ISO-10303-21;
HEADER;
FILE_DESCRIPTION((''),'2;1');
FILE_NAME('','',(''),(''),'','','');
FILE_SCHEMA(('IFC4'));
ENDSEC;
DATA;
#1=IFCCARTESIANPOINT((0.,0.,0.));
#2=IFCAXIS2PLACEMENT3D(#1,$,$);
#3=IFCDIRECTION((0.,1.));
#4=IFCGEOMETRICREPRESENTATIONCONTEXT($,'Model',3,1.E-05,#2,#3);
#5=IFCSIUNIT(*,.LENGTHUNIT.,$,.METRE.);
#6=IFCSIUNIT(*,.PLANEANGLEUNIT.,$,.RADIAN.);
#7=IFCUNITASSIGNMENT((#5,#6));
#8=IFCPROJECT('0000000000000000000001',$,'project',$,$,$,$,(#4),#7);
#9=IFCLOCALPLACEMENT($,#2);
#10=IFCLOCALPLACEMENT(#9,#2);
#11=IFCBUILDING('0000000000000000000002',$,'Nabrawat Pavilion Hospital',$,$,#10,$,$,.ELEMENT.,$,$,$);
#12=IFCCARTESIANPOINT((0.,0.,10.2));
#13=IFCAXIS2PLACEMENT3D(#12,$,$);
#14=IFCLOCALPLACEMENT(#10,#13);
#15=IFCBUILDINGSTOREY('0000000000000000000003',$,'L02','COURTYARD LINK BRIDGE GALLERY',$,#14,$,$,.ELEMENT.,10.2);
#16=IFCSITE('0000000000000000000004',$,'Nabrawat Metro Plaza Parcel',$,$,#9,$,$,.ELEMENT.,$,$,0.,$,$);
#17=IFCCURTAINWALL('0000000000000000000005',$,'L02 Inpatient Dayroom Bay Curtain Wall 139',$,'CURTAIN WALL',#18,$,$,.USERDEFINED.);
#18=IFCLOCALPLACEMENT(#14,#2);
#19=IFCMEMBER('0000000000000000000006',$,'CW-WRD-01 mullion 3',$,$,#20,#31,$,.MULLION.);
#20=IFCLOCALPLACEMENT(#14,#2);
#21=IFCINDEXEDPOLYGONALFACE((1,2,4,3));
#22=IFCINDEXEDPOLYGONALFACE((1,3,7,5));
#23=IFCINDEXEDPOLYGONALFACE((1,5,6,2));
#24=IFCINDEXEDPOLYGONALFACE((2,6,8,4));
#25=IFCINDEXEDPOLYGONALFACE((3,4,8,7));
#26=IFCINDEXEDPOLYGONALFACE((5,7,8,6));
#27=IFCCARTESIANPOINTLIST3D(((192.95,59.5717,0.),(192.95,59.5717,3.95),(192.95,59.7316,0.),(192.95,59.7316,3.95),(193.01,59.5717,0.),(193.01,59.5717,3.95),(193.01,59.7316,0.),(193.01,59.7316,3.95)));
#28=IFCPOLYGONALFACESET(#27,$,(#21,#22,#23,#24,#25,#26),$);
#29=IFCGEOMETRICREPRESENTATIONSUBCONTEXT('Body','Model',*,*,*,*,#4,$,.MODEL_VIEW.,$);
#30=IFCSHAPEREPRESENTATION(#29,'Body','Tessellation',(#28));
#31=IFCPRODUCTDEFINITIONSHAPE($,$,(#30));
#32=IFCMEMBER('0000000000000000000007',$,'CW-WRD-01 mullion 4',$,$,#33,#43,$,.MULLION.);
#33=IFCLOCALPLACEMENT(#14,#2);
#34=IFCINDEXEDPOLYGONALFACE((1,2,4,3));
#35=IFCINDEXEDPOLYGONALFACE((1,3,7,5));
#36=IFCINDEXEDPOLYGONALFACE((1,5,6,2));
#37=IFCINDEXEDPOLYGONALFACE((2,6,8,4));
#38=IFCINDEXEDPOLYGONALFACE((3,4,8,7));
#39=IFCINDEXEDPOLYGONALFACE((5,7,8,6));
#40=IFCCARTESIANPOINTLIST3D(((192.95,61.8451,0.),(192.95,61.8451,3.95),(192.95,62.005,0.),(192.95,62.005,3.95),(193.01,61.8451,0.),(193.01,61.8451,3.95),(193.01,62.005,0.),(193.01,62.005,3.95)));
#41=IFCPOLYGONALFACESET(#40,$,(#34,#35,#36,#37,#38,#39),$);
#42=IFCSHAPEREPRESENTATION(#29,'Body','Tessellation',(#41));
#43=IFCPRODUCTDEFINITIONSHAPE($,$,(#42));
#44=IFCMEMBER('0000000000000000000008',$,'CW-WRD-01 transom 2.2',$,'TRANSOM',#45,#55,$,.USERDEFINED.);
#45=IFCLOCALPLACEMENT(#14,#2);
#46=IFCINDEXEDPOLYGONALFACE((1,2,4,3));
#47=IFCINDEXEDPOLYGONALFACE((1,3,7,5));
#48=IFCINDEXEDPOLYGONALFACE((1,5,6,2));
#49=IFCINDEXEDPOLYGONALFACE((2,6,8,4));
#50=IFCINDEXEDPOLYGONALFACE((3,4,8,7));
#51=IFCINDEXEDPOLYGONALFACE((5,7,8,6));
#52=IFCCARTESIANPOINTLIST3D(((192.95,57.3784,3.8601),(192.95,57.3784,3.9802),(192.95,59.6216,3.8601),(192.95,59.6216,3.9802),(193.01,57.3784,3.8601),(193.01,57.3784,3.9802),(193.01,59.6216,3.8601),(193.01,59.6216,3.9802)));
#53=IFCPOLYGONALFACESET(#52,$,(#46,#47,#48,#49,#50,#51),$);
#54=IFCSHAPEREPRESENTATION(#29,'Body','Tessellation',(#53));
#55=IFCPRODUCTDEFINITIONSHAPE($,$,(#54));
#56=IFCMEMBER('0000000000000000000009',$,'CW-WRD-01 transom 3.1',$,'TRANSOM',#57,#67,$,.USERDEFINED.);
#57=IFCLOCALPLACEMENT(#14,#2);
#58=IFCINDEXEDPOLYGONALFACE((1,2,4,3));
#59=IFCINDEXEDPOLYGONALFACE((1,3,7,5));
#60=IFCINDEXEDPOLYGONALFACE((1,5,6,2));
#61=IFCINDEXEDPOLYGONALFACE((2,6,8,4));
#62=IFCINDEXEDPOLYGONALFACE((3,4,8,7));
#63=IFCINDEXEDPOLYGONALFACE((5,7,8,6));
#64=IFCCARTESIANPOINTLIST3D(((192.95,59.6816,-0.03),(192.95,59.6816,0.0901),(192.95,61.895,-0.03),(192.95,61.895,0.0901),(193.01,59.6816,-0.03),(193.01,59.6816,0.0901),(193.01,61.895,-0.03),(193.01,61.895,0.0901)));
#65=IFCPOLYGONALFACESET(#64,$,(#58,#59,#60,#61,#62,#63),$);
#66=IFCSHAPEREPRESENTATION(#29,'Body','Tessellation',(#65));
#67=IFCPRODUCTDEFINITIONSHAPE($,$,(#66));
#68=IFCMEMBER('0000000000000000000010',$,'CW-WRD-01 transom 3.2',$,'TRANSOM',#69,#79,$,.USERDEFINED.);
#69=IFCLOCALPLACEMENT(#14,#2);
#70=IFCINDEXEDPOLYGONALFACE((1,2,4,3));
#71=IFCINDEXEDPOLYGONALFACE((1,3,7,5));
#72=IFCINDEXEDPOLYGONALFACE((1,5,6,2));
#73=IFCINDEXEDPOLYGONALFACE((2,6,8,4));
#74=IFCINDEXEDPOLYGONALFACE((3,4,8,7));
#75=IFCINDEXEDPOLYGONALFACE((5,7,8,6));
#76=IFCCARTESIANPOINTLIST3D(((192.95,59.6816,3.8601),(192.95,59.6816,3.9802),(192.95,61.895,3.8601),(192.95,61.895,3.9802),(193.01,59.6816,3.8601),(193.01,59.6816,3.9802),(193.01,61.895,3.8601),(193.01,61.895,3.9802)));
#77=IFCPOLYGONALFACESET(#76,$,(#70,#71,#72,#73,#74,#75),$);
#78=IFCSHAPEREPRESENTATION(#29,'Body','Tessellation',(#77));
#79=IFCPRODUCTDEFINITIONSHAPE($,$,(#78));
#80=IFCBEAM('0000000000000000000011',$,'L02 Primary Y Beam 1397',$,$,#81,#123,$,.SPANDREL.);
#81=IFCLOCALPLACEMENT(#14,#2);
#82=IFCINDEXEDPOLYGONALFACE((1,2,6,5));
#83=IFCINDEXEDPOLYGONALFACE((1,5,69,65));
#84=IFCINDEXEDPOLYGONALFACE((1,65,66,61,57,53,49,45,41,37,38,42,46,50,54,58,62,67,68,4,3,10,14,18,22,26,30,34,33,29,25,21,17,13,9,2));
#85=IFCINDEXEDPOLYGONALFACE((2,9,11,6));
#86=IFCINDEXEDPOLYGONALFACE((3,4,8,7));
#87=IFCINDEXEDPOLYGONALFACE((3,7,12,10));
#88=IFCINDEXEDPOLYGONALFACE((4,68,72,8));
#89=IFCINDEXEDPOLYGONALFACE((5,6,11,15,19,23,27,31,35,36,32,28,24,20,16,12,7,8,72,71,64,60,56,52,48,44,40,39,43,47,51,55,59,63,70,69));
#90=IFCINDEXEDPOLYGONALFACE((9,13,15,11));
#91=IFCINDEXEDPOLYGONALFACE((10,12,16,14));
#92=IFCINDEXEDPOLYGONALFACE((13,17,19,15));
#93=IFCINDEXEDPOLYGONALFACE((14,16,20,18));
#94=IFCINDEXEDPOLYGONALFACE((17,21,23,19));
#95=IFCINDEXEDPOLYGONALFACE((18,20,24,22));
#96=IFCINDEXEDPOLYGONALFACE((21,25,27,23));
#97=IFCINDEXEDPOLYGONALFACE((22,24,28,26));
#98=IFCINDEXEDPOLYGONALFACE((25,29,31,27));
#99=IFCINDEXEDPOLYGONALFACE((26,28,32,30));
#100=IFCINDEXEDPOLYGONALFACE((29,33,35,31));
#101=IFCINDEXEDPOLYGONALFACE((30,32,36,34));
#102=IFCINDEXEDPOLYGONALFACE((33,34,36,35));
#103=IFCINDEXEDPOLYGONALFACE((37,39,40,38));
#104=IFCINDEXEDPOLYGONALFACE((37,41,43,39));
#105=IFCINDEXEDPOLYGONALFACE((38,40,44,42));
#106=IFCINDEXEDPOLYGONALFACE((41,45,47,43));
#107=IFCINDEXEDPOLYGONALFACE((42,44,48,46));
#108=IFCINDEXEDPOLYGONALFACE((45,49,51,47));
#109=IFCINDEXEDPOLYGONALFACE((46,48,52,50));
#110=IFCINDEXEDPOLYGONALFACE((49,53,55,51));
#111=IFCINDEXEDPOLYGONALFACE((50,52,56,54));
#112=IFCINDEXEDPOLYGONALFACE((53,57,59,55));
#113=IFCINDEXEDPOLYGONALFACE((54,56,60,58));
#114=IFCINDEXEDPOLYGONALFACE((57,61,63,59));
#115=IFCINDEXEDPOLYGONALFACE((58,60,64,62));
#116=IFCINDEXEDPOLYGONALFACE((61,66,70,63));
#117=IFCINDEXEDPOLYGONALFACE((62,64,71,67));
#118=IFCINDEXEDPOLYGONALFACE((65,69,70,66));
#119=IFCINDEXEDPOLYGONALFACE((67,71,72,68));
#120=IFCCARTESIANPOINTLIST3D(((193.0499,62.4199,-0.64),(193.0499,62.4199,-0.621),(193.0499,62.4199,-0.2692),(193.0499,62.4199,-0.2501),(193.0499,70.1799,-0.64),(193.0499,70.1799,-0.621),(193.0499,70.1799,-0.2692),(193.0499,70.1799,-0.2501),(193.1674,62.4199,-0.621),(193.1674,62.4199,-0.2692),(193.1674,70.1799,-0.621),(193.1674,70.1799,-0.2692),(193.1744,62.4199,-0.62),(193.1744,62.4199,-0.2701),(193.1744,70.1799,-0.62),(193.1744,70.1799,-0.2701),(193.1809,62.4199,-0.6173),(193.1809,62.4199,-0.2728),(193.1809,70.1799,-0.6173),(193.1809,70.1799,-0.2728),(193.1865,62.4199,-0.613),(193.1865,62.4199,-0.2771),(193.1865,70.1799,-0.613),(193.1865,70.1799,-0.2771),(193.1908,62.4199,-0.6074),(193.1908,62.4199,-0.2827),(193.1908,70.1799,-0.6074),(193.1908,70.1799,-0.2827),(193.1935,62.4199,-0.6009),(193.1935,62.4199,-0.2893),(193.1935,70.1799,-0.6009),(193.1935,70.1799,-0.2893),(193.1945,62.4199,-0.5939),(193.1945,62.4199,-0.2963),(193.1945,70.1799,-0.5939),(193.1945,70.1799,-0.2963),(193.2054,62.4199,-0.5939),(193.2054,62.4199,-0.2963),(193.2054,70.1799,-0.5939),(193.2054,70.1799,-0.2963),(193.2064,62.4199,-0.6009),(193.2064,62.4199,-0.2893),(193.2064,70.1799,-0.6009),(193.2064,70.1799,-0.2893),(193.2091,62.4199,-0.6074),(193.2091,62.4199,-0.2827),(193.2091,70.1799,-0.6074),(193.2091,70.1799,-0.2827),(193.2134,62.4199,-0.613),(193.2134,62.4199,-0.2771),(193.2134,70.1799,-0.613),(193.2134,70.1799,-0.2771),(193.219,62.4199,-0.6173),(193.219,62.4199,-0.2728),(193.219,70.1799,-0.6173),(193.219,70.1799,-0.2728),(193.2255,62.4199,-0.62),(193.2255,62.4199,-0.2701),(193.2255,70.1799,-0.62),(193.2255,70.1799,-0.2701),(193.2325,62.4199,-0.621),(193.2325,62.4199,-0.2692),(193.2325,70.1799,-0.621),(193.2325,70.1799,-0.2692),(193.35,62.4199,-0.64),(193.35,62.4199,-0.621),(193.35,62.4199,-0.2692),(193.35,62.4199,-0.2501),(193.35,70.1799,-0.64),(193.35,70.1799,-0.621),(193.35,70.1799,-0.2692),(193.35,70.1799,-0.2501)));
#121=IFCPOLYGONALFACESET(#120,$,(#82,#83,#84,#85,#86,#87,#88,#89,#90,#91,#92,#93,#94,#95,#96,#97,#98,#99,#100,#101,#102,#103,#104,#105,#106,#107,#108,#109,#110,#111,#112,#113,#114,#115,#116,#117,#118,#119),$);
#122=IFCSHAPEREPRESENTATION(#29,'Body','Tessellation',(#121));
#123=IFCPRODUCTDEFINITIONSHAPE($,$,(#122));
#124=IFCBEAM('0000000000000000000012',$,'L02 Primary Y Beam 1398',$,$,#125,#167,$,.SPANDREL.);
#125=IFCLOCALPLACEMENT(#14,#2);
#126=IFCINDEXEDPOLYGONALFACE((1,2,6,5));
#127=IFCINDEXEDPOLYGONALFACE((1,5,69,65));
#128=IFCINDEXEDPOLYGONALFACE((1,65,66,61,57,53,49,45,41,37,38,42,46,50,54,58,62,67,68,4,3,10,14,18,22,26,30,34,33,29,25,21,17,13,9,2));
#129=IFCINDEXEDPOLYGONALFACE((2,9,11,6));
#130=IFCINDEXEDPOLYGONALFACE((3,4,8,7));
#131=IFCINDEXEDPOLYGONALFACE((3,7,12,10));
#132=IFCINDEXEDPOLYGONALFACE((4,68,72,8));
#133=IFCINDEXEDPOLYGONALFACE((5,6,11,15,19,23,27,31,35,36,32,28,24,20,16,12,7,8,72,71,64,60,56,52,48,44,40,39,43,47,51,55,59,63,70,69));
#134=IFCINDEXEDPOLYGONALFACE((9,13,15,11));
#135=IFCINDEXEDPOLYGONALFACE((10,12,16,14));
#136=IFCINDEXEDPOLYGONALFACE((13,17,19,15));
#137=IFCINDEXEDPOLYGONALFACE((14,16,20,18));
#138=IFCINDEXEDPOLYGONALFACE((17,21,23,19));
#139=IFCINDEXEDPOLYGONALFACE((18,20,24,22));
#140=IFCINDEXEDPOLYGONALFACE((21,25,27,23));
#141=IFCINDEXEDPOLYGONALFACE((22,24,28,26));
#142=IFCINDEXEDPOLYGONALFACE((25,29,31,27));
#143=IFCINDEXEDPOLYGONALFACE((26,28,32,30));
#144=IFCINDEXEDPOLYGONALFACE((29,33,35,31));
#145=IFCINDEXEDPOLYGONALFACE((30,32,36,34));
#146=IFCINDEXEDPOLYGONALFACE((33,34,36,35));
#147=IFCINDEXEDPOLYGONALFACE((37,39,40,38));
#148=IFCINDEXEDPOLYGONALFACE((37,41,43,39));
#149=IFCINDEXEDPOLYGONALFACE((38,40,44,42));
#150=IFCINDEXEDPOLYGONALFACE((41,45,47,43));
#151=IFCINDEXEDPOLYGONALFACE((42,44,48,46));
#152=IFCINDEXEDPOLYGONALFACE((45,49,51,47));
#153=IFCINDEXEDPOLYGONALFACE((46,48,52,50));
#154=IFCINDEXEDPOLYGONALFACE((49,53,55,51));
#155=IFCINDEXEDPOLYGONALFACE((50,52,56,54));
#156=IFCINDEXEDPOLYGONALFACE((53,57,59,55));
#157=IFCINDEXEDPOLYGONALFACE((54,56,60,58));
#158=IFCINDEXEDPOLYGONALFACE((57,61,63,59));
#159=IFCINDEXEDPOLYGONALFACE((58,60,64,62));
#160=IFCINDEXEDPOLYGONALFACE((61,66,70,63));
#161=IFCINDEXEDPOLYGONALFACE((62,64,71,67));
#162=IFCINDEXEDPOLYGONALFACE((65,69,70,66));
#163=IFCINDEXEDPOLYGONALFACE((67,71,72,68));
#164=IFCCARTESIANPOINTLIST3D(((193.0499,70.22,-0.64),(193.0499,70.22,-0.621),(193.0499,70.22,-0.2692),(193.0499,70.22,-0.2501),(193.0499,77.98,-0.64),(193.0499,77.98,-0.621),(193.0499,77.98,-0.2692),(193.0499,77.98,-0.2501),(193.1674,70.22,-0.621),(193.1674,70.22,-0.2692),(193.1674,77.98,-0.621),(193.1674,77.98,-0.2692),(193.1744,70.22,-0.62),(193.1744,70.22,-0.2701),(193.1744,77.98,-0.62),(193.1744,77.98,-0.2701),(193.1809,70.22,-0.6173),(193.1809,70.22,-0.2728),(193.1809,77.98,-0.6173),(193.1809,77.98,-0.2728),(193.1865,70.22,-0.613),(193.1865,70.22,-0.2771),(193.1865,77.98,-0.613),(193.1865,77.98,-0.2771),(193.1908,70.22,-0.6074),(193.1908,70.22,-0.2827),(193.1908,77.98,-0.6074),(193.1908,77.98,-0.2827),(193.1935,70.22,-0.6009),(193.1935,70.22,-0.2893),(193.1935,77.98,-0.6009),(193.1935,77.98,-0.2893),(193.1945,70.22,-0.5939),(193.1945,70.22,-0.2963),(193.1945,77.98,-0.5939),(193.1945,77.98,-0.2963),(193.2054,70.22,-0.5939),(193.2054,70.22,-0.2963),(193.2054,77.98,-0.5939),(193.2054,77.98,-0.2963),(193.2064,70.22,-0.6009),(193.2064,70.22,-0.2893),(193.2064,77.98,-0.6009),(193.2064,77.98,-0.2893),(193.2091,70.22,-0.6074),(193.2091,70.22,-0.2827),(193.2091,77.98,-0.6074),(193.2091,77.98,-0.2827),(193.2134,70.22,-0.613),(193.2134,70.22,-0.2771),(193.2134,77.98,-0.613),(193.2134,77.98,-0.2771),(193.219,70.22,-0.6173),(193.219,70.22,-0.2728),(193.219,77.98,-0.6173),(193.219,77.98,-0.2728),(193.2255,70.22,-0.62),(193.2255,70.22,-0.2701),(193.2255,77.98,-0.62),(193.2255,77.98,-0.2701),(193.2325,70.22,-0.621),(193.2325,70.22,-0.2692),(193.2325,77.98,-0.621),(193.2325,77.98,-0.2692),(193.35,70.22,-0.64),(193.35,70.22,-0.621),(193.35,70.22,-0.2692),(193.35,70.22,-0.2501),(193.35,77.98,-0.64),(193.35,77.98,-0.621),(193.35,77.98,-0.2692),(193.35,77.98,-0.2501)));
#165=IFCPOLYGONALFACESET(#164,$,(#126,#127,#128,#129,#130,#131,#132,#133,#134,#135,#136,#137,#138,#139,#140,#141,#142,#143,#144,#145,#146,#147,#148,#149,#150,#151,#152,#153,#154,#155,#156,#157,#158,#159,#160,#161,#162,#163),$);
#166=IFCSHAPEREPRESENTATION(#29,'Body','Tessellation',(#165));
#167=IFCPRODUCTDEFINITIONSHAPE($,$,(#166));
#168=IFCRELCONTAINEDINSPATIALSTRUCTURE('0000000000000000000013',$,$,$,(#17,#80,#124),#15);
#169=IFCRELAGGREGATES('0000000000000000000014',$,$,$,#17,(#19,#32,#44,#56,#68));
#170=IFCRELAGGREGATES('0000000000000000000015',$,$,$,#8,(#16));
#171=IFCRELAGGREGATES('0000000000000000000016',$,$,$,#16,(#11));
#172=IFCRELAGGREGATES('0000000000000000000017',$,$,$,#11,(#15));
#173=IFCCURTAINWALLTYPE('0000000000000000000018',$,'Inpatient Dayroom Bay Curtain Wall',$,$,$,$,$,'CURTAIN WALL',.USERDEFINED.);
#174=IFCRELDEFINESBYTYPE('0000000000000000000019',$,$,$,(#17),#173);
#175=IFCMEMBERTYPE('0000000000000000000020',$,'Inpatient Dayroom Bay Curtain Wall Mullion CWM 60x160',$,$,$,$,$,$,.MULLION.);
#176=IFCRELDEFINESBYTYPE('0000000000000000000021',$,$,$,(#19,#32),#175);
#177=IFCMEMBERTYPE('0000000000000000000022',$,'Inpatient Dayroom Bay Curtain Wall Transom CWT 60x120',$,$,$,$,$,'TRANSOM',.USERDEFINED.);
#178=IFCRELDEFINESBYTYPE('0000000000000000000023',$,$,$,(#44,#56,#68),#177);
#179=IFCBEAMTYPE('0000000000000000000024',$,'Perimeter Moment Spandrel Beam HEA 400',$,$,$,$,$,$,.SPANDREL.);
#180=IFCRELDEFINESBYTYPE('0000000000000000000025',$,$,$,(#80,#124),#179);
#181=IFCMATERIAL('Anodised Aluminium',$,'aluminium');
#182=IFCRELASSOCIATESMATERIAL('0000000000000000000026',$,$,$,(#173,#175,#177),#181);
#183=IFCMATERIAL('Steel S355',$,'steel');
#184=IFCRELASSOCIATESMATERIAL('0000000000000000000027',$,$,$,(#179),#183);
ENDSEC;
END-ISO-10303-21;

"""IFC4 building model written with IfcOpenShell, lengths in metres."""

from ifc_helpers import new_model, si_unit, direction, frame, origin, origin_2d, place, context, subcontext, project, spatial, rectangle, i_section, extrude, material, material_profile, profile_set, type_object, element, aggregate, save


model = new_model("IFC4")

# Units and contexts
model_context = context("Model", 3, precision=1e-05, world=origin(), true_north=direction((0.0, 1.0)))
body_context = subcontext(model_context, "Body", "Model", "MODEL_VIEW")
ifc_project = project(units=[si_unit("LENGTHUNIT", "METRE"), si_unit("PLANEANGLEUNIT", "RADIAN")], contexts=[model_context])

# Site, building, storey
site_placement = place(None, origin())
site = spatial("IfcSite", under=ifc_project, at=site_placement, Name="Nabrawat Metro Plaza Parcel", CompositionType="ELEMENT", RefElevation=0.0)
building_placement = place(site_placement, origin())
building = spatial("IfcBuilding", under=site, at=building_placement, Name="Nabrawat Pavilion Hospital", CompositionType="ELEMENT")
storey_placement = place(building_placement, frame((0.0, 0.0, 10.2)))
storey = spatial("IfcBuildingStorey", under=building, at=storey_placement, Name="L02", Description="COURTYARD LINK BRIDGE GALLERY", CompositionType="ELEMENT", Elevation=10.2)

# Shared definitions
ifc_material_1 = material(Name="Steel S355", Category="steel")

# Curtain wall, members
ifc_material_2 = material(Name="Anodised Aluminium", Category="aluminium")
curtain_wall_type = type_object("IfcCurtainWallType", Name="Inpatient Dayroom Bay Curtain Wall", ElementType="CURTAIN WALL", PredefinedType="USERDEFINED", material=ifc_material_2)
curtain_wall_placement = place(storey_placement, origin())
curtain_wall = element("IfcCurtainWall", 1, at=curtain_wall_placement, inside=storey, type_object=curtain_wall_type, Name="L02 Inpatient Dayroom Bay Curtain Wall 139", ObjectType="CURTAIN WALL", PredefinedType="USERDEFINED")
ifc_material_profile_1 = material_profile(ifc_material_2, rectangle(XDim=0.0601, YDim=0.1599, at=origin_2d()), Name="CWM 60x160")
ifc_profile_set_1 = profile_set([ifc_material_profile_1], Name="Anodised Aluminium")
member_type_1 = type_object("IfcMemberType", Name="Inpatient Dayroom Bay Curtain Wall Mullion CWM 60x160", PredefinedType="MULLION", material=ifc_profile_set_1)
member_1_placement = place(storey_placement, frame((192.98, 59.6516, 0.0), z_axis=(0.0, 0.0, 1.0), x_axis=(-1.0, 0.0, 0.0)))
member_1 = element("IfcMember", 2, at=member_1_placement, type_object=member_type_1, Name="CW-WRD-01 mullion 3", PredefinedType="MULLION", context=body_context, shape_type="SweptSolid", body=[
    extrude(rectangle(XDim=0.0601, YDim=0.1599, at=origin_2d()), origin(), (0.0, 0.0, 1.0), 3.95),
])
member_2_placement = place(storey_placement, frame((192.98, 61.925, 0.0), z_axis=(0.0, 0.0, 1.0), x_axis=(-1.0, 0.0, 0.0)))
member_2 = element("IfcMember", 3, at=member_2_placement, type_object=member_type_1, Name="CW-WRD-01 mullion 4", PredefinedType="MULLION", context=body_context, shape_type="SweptSolid", body=[
    extrude(rectangle(XDim=0.0601, YDim=0.1599, at=origin_2d()), origin(), (0.0, 0.0, 1.0), 3.95),
])
ifc_material_profile_2 = material_profile(ifc_material_2, rectangle(XDim=0.0601, YDim=0.1201, at=origin_2d()), Name="CWT 60x120")
ifc_profile_set_2 = profile_set([ifc_material_profile_2], Name="Anodised Aluminium")
member_type_2 = type_object("IfcMemberType", Name="Inpatient Dayroom Bay Curtain Wall Transom CWT 60x120", ElementType="TRANSOM", PredefinedType="USERDEFINED", material=ifc_profile_set_2)
member_3_placement = place(storey_placement, frame((192.98, 57.3784, 3.9202), z_axis=(0.0, 1.0, 0.0), x_axis=(-1.0, 0.0, 0.0)))
member_3 = element("IfcMember", 4, at=member_3_placement, type_object=member_type_2, Name="CW-WRD-01 transom 2.2", ObjectType="TRANSOM", PredefinedType="USERDEFINED", context=body_context, shape_type="SweptSolid", body=[
    extrude(rectangle(XDim=0.0601, YDim=0.1201, at=origin_2d()), origin(), (0.0, 0.0, 1.0), 2.2432),
])
member_4_placement = place(storey_placement, frame((192.98, 59.6816, 0.03), z_axis=(0.0, 1.0, 0.0), x_axis=(-1.0, 0.0, 0.0)))
member_4 = element("IfcMember", 5, at=member_4_placement, type_object=member_type_2, Name="CW-WRD-01 transom 3.1", ObjectType="TRANSOM", PredefinedType="USERDEFINED", context=body_context, shape_type="SweptSolid", body=[
    extrude(rectangle(XDim=0.0601, YDim=0.1201, at=origin_2d()), origin(), (0.0, 0.0, 1.0), 2.2134),
])
member_5_placement = place(storey_placement, frame((192.98, 59.6816, 3.9202), z_axis=(0.0, 1.0, 0.0), x_axis=(-1.0, 0.0, 0.0)))
member_5 = element("IfcMember", 6, at=member_5_placement, type_object=member_type_2, Name="CW-WRD-01 transom 3.2", ObjectType="TRANSOM", PredefinedType="USERDEFINED", context=body_context, shape_type="SweptSolid", body=[
    extrude(rectangle(XDim=0.0601, YDim=0.1201, at=origin_2d()), origin(), (0.0, 0.0, 1.0), 2.2134),
])

# Beams
ifc_material_profile_3 = material_profile(ifc_material_1, i_section(OverallWidth=0.3, OverallDepth=0.3899, WebThickness=0.011, FlangeThickness=0.019, FilletRadius=0.0271, at=origin_2d()), Name="HEA 400")
ifc_profile_set_3 = profile_set([ifc_material_profile_3], Name="Steel S355")
beam_type_1 = type_object("IfcBeamType", Name="Perimeter Moment Spandrel Beam HEA 400", PredefinedType="SPANDREL", material=ifc_profile_set_3)
for number, where, z_axis, x_axis, name in (
    (7, (193.2, 62.4199, -0.4451), (0.0, 1.0, 0.0), (-1.0, 0.0, 0.0), "L02 Primary Y Beam 1397"),
    (8, (193.2, 70.22, -0.4451), (0.0, 1.0, 0.0), (-1.0, 0.0, 0.0), "L02 Primary Y Beam 1398"),
):
    element("IfcBeam", number, at=place(storey_placement, frame(where, z_axis=z_axis, x_axis=x_axis)), inside=storey, type_object=beam_type_1, Name=name, PredefinedType="SPANDREL", context=body_context, shape_type="SweptSolid", body=[
        extrude(i_section(OverallWidth=0.3, OverallDepth=0.3899, WebThickness=0.011, FlangeThickness=0.019, FilletRadius=0.0271, at=origin_2d()), origin(), (0.0, 0.0, 1.0), 7.76),
    ])

aggregate(curtain_wall, [member_1, member_2, member_3, member_4, member_5])

save(model, "model.ifc")
